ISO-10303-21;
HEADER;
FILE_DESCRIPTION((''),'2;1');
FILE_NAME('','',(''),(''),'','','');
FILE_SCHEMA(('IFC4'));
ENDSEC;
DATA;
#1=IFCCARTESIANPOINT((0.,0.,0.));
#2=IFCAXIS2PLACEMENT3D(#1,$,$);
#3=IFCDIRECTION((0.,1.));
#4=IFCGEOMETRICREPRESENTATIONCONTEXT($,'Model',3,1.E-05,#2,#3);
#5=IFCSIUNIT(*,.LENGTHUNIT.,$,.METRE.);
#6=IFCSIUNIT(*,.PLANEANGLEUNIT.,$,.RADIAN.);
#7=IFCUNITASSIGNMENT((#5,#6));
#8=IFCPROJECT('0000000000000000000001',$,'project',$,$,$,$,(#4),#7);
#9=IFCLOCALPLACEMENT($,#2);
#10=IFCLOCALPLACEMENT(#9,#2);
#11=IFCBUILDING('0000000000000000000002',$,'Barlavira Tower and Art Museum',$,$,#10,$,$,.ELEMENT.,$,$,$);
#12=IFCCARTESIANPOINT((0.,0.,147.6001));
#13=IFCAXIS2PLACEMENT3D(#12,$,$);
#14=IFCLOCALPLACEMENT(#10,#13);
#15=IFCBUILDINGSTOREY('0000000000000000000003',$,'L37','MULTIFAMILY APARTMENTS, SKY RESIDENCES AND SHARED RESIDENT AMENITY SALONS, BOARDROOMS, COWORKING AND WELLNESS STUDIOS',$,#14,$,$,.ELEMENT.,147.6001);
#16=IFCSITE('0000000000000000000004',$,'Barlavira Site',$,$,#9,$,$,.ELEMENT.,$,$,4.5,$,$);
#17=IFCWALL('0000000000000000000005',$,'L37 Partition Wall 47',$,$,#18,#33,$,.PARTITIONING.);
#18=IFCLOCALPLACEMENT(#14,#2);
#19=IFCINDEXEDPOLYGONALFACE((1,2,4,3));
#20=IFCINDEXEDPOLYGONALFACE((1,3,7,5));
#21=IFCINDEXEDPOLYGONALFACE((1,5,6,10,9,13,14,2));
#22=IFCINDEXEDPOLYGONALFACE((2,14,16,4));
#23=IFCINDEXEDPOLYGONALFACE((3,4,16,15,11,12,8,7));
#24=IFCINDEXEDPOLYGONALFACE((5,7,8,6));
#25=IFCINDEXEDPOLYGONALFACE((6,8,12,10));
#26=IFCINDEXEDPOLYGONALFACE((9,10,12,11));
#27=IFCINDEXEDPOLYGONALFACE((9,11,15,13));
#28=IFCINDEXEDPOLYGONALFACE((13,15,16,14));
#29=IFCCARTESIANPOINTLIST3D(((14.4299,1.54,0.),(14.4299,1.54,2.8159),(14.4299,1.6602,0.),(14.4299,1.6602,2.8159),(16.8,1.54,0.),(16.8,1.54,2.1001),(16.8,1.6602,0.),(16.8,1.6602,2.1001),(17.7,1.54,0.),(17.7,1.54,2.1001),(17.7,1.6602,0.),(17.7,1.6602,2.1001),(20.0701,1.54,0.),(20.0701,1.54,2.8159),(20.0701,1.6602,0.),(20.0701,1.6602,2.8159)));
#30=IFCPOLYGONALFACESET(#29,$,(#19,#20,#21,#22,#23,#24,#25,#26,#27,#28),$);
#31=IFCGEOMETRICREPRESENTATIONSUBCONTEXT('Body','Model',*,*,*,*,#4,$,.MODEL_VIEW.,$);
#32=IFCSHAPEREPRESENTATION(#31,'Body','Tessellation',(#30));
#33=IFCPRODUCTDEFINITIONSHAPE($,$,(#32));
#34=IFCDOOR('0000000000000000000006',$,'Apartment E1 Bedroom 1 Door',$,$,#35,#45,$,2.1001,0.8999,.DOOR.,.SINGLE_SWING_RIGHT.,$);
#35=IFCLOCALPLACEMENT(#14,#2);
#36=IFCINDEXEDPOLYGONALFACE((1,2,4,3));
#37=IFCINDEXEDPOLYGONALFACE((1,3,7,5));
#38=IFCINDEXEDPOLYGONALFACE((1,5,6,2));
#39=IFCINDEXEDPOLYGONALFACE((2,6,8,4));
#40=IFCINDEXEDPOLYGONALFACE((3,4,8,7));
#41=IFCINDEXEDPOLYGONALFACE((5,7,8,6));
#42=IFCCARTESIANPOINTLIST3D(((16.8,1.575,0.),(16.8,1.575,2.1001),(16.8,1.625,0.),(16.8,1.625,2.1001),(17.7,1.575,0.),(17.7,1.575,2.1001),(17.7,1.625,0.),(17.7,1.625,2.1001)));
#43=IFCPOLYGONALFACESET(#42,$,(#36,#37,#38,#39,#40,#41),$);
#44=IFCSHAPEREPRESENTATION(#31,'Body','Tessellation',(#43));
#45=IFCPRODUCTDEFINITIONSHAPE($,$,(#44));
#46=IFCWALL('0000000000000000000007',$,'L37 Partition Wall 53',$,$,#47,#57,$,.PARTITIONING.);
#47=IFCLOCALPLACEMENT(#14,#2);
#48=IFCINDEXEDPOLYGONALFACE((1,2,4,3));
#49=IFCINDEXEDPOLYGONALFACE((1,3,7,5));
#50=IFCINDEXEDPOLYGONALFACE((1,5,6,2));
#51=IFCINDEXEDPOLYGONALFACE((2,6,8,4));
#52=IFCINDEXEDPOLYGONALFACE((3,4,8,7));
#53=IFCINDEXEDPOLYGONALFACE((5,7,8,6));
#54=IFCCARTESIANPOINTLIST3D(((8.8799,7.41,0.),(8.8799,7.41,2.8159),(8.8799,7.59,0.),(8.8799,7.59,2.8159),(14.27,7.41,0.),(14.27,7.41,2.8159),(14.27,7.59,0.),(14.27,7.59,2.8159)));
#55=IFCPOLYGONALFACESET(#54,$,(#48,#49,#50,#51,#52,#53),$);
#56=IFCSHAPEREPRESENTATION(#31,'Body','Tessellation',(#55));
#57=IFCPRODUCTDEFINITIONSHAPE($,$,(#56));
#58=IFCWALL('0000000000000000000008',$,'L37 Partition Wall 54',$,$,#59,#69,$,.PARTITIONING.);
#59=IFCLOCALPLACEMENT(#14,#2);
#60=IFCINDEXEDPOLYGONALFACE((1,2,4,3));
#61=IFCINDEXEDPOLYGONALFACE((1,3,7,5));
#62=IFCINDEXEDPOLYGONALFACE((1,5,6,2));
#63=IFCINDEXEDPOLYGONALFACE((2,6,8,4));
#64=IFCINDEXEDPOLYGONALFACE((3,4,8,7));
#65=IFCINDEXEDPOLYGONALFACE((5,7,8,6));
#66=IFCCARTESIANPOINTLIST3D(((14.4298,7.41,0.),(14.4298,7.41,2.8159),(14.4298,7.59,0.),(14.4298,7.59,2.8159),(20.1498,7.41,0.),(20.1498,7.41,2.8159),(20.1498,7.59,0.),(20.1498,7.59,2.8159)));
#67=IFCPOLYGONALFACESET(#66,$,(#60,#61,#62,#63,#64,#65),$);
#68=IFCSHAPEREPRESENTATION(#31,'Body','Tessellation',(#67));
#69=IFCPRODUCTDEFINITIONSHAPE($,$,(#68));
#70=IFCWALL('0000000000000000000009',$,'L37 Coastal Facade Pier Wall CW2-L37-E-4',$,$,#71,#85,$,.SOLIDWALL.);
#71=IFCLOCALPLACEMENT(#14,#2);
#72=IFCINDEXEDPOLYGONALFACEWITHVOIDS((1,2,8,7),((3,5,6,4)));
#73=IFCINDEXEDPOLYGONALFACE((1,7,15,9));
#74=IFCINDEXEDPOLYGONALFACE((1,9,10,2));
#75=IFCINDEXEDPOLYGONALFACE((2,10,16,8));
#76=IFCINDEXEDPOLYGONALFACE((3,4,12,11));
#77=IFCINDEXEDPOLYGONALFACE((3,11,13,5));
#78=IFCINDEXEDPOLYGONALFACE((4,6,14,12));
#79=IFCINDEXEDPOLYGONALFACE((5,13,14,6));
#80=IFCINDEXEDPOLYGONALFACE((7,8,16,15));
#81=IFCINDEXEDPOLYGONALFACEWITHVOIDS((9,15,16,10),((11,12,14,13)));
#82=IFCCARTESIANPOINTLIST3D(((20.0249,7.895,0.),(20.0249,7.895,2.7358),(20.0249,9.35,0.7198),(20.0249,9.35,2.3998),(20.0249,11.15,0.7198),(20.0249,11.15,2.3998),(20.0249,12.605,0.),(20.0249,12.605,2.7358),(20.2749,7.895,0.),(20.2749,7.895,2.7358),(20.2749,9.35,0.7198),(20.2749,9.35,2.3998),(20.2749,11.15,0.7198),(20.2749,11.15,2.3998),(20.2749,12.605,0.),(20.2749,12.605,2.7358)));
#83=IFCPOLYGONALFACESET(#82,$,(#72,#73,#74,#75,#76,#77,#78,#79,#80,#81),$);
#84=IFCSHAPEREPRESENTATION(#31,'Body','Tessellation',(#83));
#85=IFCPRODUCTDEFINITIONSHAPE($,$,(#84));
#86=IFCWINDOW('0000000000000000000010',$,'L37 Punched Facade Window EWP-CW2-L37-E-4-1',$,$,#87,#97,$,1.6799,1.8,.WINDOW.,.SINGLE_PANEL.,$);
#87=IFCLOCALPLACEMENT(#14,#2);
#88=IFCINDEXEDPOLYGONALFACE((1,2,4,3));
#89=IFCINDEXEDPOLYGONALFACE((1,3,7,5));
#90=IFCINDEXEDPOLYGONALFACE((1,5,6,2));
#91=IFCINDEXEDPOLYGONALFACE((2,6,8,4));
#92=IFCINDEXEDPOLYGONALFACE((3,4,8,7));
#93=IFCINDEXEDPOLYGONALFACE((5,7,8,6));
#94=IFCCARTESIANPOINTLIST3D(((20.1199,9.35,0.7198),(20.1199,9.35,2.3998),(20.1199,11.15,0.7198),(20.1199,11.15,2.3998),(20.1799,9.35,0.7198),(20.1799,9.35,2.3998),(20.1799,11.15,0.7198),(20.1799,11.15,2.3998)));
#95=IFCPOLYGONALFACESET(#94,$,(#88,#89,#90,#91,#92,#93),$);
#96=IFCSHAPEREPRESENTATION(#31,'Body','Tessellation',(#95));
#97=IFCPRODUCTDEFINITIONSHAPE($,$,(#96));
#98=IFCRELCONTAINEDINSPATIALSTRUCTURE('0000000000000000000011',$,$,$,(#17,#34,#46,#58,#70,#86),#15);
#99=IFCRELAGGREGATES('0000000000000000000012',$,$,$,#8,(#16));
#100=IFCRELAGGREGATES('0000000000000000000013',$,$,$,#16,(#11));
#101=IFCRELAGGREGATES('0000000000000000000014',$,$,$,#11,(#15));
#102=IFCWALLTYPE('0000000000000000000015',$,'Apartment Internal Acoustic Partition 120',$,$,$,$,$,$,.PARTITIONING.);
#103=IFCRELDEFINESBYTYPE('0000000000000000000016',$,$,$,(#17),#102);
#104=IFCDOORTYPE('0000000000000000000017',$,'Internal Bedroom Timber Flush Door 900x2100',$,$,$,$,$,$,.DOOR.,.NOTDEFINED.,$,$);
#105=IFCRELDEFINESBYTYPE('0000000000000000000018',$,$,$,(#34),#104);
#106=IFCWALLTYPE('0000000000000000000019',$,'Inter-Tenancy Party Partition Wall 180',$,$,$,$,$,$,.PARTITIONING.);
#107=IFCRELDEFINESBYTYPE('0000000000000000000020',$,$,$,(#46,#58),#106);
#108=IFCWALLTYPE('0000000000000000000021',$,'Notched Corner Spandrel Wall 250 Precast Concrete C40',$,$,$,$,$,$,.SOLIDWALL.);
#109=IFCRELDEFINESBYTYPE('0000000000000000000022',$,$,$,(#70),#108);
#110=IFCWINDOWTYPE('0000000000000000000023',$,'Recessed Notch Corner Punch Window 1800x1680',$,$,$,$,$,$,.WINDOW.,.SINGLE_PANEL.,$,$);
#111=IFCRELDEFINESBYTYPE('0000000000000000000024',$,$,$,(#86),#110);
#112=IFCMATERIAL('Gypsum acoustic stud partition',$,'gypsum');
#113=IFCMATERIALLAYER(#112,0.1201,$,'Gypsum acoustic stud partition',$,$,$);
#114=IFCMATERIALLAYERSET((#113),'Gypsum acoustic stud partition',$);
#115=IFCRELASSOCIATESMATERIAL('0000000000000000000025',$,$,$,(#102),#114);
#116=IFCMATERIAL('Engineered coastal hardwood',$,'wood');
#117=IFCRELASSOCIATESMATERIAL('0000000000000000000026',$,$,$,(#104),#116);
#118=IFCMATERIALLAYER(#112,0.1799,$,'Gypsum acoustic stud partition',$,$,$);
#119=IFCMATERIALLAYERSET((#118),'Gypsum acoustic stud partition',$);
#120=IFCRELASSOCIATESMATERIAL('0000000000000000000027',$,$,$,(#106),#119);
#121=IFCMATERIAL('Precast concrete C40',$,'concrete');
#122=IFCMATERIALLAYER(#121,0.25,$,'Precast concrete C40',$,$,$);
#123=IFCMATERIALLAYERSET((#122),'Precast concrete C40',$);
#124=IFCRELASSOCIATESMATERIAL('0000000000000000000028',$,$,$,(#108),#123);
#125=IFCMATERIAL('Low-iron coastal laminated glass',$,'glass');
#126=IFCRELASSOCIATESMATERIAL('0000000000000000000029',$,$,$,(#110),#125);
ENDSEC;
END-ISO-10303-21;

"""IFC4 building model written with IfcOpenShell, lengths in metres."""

from ifc_helpers import new_model, si_unit, direction, frame, frame_2d, origin, place, context, subcontext, project, spatial, rectangle, extrude, material, layer, layer_set, type_object, element, fill, save


model = new_model("IFC4")

# Units and contexts
model_context = context("Model", 3, precision=1e-05, world=origin(), true_north=direction((0.0, 1.0)))
body_context = subcontext(model_context, "Body", "Model", "MODEL_VIEW")
ifc_project = project(units=[si_unit("LENGTHUNIT", "METRE"), si_unit("PLANEANGLEUNIT", "RADIAN")], contexts=[model_context])

# Site, building, storey
site_placement = place(None, origin())
site = spatial("IfcSite", under=ifc_project, at=site_placement, Name="Barlavira Site", CompositionType="ELEMENT", RefElevation=4.5)
building_placement = place(site_placement, origin())
building = spatial("IfcBuilding", under=site, at=building_placement, Name="Barlavira Tower and Art Museum", CompositionType="ELEMENT")
storey_placement = place(building_placement, frame((0.0, 0.0, 147.6001)))
storey = spatial("IfcBuildingStorey", under=building, at=storey_placement, Name="L37", Description="MULTIFAMILY APARTMENTS, SKY RESIDENCES AND SHARED RESIDENT AMENITY SALONS, BOARDROOMS, COWORKING AND WELLNESS STUDIOS", CompositionType="ELEMENT", Elevation=147.6001)

# Shared definitions
ifc_material_1 = material(Name="Low-iron coastal laminated glass", Category="glass")

# Wall, opening, door
ifc_material_2 = material(Name="Gypsum acoustic stud partition", Category="gypsum")
ifc_layer_1 = layer(ifc_material_2, 0.1201, Name="Gypsum acoustic stud partition")
ifc_layer_set_1 = layer_set([ifc_layer_1], Name="Gypsum acoustic stud partition")
wall_type_1 = type_object("IfcWallType", Name="Apartment Internal Acoustic Partition 120", PredefinedType="PARTITIONING", material=ifc_layer_set_1)
ifc_material_3 = material(Name="Engineered coastal hardwood", Category="wood")
door_type = type_object("IfcDoorType", Name="Internal Bedroom Timber Flush Door 900x2100", OperationType="NOTDEFINED", PredefinedType="DOOR", material=ifc_material_3)
wall_1_placement = place(storey_placement, frame((14.4299, 1.6001, 0.0), z_axis=(0.0, 0.0, 1.0), x_axis=(1.0, 0.0, 0.0)))
wall_1 = element("IfcWall", 1, at=wall_1_placement, inside=storey, type_object=wall_type_1, Name="L37 Partition Wall 47", PredefinedType="PARTITIONING", context=body_context, shape_type="SweptSolid", body=[
    extrude(rectangle(XDim=5.6401, YDim=0.1201, at=frame_2d((2.8201, 0.0))), origin(), (0.0, 0.0, 1.0), 2.8159),
])
opening_1_placement = place(wall_1_placement, frame((2.3701, 0.0, 0.0)))
opening_1 = element("IfcOpeningElement", 2, at=opening_1_placement, cuts=wall_1, PredefinedType="OPENING", context=body_context, shape_type="SweptSolid", body=[
    extrude(rectangle(XDim=0.8999, YDim=2.1001, at=frame_2d((0.45, 1.05))), frame((0.0, 0.0701, 0.0), z_axis=(0.0, -1.0, 0.0), x_axis=(1.0, 0.0, 0.0)), (0.0, 0.0, 1.0), 0.1401),
])
door_1_placement = place(opening_1_placement, origin())
door_1 = element("IfcDoor", 3, at=door_1_placement, inside=storey, type_object=door_type, Name="Apartment E1 Bedroom 1 Door", OperationType="SINGLE_SWING_RIGHT", OverallHeight=2.1001, OverallWidth=0.8999, PredefinedType="DOOR", context=body_context, shape_type="SweptSolid", body=[
    extrude(rectangle(XDim=0.8999, YDim=2.1001, at=frame_2d((0.45, 1.05))), frame((0.0, 0.0249, 0.0), z_axis=(0.0, -1.0, 0.0), x_axis=(1.0, 0.0, 0.0)), (0.0, 0.0, 1.0), 0.05),
])
fill(opening_1, door_1)

# Walls
ifc_layer_2 = layer(ifc_material_2, 0.1799, Name="Gypsum acoustic stud partition")
ifc_layer_set_2 = layer_set([ifc_layer_2], Name="Gypsum acoustic stud partition")
wall_type_2 = type_object("IfcWallType", Name="Inter-Tenancy Party Partition Wall 180", PredefinedType="PARTITIONING", material=ifc_layer_set_2)
wall_2_placement = place(storey_placement, frame((8.8799, 7.5, 0.0), z_axis=(0.0, 0.0, 1.0), x_axis=(1.0, 0.0, 0.0)))
element("IfcWall", 4, at=wall_2_placement, inside=storey, type_object=wall_type_2, Name="L37 Partition Wall 53", PredefinedType="PARTITIONING", context=body_context, shape_type="SweptSolid", body=[
    extrude(rectangle(XDim=5.3901, YDim=0.1799, at=frame_2d((2.6951, 0.0))), origin(), (0.0, 0.0, 1.0), 2.8159),
])
wall_3_placement = place(storey_placement, frame((14.4299, 7.5, 0.0), z_axis=(0.0, 0.0, 1.0), x_axis=(1.0, 0.0, 0.0)))
element("IfcWall", 5, at=wall_3_placement, inside=storey, type_object=wall_type_2, Name="L37 Partition Wall 54", PredefinedType="PARTITIONING", context=body_context, shape_type="SweptSolid", body=[
    extrude(rectangle(XDim=5.72, YDim=0.1799, at=frame_2d((2.8599, 0.0))), origin(), (0.0, 0.0, 1.0), 2.8159),
])

# Wall, opening, window
ifc_material_4 = material(Name="Precast concrete C40", Category="concrete")
ifc_layer_3 = layer(ifc_material_4, 0.25, Name="Precast concrete C40")
ifc_layer_set_3 = layer_set([ifc_layer_3], Name="Precast concrete C40")
wall_type_3 = type_object("IfcWallType", Name="Notched Corner Spandrel Wall 250 Precast Concrete C40", PredefinedType="SOLIDWALL", material=ifc_layer_set_3)
wall_4_placement = place(storey_placement, frame((20.1499, 7.895, 0.0), z_axis=(0.0, 0.0, 1.0), x_axis=(0.0, 1.0, 0.0)))
wall_4 = element("IfcWall", 6, at=wall_4_placement, inside=storey, type_object=wall_type_3, Name="L37 Coastal Facade Pier Wall CW2-L37-E-4", PredefinedType="SOLIDWALL", context=body_context, shape_type="SweptSolid", body=[
    extrude(rectangle(XDim=4.71, YDim=0.25, at=frame_2d((2.355, 0.0))), origin(), (0.0, 0.0, 1.0), 2.7358),
])
opening_2_placement = place(wall_4_placement, frame((1.4551, 0.0, 0.72)))
opening_2 = element("IfcOpeningElement", 7, at=opening_2_placement, cuts=wall_4, PredefinedType="OPENING", context=body_context, shape_type="SweptSolid", body=[
    extrude(rectangle(XDim=1.8, YDim=1.6799, at=frame_2d((0.8999, 0.8398))), frame((0.0, 0.135, 0.0), z_axis=(0.0, -1.0, 0.0), x_axis=(1.0, 0.0, 0.0)), (0.0, 0.0, 1.0), 0.27),
])
window_type = type_object("IfcWindowType", Name="Recessed Notch Corner Punch Window 1800x1680", PartitioningType="SINGLE_PANEL", PredefinedType="WINDOW", material=ifc_material_1)
window_placement = place(opening_2_placement, origin())
window = element("IfcWindow", 8, at=window_placement, inside=storey, type_object=window_type, Name="L37 Punched Facade Window EWP-CW2-L37-E-4-1", OverallHeight=1.6799, OverallWidth=1.8, PartitioningType="SINGLE_PANEL", PredefinedType="WINDOW", context=body_context, shape_type="SweptSolid", body=[
    extrude(rectangle(XDim=1.8, YDim=1.6799, at=frame_2d((0.8999, 0.8398))), frame((0.0, 0.03, 0.0), z_axis=(0.0, -1.0, 0.0), x_axis=(1.0, 0.0, 0.0)), (0.0, 0.0, 1.0), 0.0601),
])
fill(opening_2, window)

save(model, "model.ifc")
